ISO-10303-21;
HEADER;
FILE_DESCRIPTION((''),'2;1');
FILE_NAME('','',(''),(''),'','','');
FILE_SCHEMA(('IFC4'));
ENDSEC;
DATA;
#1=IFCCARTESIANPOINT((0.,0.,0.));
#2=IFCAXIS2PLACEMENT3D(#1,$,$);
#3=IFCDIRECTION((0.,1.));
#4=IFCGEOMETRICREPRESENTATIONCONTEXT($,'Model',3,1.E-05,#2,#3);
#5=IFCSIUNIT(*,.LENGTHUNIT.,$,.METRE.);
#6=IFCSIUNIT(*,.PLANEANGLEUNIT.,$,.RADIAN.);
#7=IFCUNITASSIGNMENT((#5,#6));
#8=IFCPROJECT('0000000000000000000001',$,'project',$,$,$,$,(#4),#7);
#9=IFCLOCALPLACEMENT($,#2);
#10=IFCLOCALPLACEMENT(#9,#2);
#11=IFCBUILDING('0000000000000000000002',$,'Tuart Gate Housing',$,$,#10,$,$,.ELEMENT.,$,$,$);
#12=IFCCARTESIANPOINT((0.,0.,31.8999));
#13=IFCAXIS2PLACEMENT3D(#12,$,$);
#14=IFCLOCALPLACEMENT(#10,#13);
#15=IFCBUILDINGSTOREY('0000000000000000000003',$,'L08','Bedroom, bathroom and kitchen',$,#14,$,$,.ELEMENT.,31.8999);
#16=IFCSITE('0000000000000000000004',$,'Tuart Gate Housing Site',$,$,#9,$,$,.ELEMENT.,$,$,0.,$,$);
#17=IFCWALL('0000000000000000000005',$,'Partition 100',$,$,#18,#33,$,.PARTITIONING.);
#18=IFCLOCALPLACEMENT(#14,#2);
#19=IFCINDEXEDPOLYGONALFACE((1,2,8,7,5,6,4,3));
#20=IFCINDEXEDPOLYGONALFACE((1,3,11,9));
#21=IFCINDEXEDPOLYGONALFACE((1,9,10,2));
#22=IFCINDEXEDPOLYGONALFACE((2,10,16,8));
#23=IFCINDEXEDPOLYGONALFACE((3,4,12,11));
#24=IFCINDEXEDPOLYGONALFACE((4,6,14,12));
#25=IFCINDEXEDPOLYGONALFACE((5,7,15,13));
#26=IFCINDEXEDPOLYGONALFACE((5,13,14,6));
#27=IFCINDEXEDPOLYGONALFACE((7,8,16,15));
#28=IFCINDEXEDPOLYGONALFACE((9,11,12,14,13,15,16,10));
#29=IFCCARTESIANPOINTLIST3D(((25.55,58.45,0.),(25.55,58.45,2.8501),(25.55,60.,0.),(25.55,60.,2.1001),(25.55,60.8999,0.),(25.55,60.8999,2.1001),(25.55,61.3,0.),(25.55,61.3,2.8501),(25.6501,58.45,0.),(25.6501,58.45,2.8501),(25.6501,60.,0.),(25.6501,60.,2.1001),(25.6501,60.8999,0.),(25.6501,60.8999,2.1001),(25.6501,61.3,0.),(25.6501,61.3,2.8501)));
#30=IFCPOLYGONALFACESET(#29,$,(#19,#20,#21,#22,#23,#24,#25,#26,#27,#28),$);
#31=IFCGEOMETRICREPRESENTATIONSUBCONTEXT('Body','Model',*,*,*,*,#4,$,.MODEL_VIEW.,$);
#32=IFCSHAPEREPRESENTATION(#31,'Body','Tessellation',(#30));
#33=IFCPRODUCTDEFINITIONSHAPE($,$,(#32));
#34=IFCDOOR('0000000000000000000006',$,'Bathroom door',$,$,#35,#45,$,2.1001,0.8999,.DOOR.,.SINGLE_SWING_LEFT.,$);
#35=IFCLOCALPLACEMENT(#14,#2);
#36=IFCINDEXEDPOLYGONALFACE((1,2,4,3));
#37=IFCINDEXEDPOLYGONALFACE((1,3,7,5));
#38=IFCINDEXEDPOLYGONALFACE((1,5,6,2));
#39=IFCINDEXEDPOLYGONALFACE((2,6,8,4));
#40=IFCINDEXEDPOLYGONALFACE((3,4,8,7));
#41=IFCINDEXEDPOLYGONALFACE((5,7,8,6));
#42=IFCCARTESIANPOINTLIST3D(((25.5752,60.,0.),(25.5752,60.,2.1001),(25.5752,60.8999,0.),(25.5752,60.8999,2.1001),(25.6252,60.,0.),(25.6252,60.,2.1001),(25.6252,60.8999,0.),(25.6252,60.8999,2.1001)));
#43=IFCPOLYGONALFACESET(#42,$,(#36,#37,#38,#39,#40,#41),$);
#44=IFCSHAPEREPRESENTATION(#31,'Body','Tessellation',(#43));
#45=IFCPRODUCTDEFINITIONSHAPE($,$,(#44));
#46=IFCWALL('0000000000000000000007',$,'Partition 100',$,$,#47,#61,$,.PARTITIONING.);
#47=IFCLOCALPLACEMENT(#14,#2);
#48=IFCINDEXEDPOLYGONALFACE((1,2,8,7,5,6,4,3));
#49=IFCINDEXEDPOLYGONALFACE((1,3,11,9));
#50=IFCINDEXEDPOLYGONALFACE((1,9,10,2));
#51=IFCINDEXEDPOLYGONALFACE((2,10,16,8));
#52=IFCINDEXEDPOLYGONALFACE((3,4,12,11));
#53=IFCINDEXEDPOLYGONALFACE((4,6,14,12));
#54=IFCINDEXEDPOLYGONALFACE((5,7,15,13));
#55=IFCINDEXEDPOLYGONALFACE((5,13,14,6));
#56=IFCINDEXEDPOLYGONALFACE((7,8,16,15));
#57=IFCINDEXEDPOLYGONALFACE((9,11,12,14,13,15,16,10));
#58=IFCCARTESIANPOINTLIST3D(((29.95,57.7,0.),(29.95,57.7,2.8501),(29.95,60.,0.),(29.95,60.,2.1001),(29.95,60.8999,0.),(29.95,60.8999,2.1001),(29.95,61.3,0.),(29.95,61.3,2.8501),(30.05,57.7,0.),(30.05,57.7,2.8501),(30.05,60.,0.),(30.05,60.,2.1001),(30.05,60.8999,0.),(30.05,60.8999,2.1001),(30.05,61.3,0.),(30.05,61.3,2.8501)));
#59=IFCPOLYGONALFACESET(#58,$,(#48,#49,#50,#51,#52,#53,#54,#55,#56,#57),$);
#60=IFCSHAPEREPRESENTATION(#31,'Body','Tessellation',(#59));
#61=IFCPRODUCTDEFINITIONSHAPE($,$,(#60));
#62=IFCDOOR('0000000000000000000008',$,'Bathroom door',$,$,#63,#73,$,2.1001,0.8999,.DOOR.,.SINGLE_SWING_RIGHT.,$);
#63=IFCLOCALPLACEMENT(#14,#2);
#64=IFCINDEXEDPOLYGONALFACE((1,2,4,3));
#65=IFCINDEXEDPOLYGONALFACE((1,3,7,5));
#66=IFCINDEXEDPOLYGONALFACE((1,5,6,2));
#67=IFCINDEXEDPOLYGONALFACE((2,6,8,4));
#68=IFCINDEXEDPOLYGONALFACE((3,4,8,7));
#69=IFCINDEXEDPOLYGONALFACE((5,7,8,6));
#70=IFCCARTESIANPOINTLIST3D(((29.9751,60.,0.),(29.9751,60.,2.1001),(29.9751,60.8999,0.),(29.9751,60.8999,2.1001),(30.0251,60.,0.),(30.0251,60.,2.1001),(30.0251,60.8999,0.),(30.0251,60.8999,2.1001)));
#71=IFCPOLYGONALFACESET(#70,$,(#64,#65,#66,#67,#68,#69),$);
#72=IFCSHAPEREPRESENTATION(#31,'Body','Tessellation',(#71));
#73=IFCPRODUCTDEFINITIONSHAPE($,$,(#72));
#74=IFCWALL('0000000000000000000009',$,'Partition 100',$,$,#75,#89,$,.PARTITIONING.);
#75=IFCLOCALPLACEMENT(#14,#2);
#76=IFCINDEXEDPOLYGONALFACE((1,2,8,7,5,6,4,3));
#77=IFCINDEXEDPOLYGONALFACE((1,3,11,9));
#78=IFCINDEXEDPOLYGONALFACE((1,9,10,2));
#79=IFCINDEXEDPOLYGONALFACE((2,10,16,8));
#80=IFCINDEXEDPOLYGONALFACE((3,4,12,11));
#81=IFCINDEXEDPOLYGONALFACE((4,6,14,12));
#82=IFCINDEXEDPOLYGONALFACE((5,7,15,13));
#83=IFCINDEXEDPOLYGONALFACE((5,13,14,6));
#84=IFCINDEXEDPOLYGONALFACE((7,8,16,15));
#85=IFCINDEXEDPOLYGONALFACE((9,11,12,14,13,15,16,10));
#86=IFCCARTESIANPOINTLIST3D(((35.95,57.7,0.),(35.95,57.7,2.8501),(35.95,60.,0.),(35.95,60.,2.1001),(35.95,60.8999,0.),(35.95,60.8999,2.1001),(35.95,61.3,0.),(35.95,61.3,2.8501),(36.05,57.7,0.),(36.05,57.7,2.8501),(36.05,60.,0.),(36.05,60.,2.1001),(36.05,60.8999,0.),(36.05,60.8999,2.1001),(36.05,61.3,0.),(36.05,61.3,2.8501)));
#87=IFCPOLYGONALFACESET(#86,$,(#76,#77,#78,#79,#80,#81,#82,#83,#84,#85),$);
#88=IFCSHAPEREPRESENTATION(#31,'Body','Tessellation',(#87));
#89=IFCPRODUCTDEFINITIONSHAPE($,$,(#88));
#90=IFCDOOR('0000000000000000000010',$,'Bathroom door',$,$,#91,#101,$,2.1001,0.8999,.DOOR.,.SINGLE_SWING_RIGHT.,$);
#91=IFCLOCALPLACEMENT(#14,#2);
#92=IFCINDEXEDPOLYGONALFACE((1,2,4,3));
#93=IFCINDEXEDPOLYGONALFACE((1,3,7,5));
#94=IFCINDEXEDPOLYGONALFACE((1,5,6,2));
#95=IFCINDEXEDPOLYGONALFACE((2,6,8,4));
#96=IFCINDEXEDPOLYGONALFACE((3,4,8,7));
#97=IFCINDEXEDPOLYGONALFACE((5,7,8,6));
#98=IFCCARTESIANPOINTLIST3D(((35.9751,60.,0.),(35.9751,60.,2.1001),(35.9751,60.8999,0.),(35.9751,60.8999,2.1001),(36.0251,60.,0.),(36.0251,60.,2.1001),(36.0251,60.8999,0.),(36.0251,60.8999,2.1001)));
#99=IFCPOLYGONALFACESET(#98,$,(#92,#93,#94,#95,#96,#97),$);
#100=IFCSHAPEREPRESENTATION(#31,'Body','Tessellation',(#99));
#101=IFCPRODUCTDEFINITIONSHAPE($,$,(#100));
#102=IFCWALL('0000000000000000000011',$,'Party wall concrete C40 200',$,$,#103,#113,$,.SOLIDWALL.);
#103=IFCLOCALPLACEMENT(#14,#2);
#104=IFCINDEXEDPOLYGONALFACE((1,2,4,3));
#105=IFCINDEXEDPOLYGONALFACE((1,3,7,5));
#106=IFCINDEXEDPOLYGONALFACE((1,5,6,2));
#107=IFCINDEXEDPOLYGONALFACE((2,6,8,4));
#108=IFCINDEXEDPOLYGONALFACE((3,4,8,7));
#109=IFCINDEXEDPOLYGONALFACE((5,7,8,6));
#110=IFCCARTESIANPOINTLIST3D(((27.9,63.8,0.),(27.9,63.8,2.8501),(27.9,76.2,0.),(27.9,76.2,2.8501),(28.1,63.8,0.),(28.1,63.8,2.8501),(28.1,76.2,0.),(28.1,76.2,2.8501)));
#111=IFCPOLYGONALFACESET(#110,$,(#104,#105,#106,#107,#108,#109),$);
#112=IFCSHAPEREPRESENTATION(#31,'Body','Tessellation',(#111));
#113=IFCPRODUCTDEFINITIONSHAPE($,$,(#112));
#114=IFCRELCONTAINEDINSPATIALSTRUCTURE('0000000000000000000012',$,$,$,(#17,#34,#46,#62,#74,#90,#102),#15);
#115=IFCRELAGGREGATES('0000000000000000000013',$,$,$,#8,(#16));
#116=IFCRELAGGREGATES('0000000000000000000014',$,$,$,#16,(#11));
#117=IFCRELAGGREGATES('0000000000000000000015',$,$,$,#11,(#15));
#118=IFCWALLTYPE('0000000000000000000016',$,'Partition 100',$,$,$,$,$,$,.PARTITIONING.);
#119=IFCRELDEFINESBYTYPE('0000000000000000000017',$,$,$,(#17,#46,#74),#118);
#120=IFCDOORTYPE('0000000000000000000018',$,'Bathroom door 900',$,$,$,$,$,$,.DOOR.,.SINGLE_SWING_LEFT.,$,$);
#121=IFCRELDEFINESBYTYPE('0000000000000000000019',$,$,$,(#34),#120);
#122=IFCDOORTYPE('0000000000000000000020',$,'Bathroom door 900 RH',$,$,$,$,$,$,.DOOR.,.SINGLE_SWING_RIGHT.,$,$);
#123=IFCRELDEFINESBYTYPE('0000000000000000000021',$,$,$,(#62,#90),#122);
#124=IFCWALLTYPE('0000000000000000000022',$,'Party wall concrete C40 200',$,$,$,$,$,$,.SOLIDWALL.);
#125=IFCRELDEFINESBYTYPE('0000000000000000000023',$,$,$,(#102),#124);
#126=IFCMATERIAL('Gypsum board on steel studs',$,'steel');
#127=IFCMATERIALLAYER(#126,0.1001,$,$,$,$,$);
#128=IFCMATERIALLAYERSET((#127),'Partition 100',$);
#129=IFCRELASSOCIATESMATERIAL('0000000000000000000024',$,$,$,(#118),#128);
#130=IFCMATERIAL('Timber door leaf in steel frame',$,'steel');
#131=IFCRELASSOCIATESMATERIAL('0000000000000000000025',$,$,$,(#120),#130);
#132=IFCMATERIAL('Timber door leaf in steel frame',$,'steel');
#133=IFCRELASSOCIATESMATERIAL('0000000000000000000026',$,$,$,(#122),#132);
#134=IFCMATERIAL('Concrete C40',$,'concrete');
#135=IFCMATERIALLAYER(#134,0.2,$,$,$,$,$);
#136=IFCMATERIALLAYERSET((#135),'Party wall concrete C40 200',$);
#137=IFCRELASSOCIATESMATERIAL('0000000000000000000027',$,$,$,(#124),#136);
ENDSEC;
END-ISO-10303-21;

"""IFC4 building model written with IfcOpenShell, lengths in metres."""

from ifc_helpers import new_model, si_unit, direction, frame, frame_2d, origin, place, context, subcontext, project, spatial, rectangle, extrude, material, layer, layer_set, type_object, element, fill, save


model = new_model("IFC4")

# Units and contexts
model_context = context("Model", 3, precision=1e-05, world=origin(), true_north=direction((0.0, 1.0)))
body_context = subcontext(model_context, "Body", "Model", "MODEL_VIEW")
ifc_project = project(units=[si_unit("LENGTHUNIT", "METRE"), si_unit("PLANEANGLEUNIT", "RADIAN")], contexts=[model_context])

# Site, building, storey
site_placement = place(None, origin())
site = spatial("IfcSite", under=ifc_project, at=site_placement, Name="Tuart Gate Housing Site", CompositionType="ELEMENT", RefElevation=0.0)
building_placement = place(site_placement, origin())
building = spatial("IfcBuilding", under=site, at=building_placement, Name="Tuart Gate Housing", CompositionType="ELEMENT")
storey_placement = place(building_placement, frame((0.0, 0.0, 31.8999)))
storey = spatial("IfcBuildingStorey", under=building, at=storey_placement, Name="L08", Description="Bedroom, bathroom and kitchen", CompositionType="ELEMENT", Elevation=31.8999)

# Shared definitions
ifc_material_1 = material(Name="Gypsum board on steel studs", Category="steel")
ifc_layer_1 = layer(ifc_material_1, 0.1001)
ifc_layer_set_1 = layer_set([ifc_layer_1], Name="Partition 100")
wall_type_1 = type_object("IfcWallType", Name="Partition 100", PredefinedType="PARTITIONING", material=ifc_layer_set_1)

# Walls, openings, doors
wall_1_placement = place(storey_placement, frame((25.6001, 58.45, 0.0), z_axis=(0.0, 0.0, 1.0), x_axis=(0.0, 1.0, 0.0)))
wall_1 = element("IfcWall", 1, at=wall_1_placement, inside=storey, type_object=wall_type_1, Name="Partition 100", PredefinedType="PARTITIONING", context=body_context, shape_type="SweptSolid", body=[
    extrude(rectangle(XDim=2.8501, YDim=0.1001, at=frame_2d((1.425, 0.0))), origin(), (0.0, 0.0, 1.0), 2.8501),
])
opening_1_placement = place(wall_1_placement, frame((1.55, 0.0, 0.0)))
opening_1 = element("IfcOpeningElement", 2, at=opening_1_placement, cuts=wall_1, PredefinedType="OPENING", context=body_context, shape_type="SweptSolid", body=[
    extrude(rectangle(XDim=0.8999, YDim=2.1001, at=frame_2d((0.45, 1.05))), frame((0.0, 0.0601, 0.0), z_axis=(0.0, -1.0, 0.0), x_axis=(1.0, 0.0, 0.0)), (0.0, 0.0, 1.0), 0.1201),
])
ifc_material_2 = material(Name="Timber door leaf in steel frame", Category="steel")
door_type_1 = type_object("IfcDoorType", Name="Bathroom door 900", OperationType="SINGLE_SWING_LEFT", PredefinedType="DOOR", material=ifc_material_2)
door_1_placement = place(opening_1_placement, frame((0.8999, 0.0, 0.0), z_axis=(0.0, 0.0, 1.0), x_axis=(-1.0, 0.0, 0.0)))
door_1 = element("IfcDoor", 3, at=door_1_placement, inside=storey, type_object=door_type_1, Name="Bathroom door", OperationType="SINGLE_SWING_LEFT", OverallHeight=2.1001, OverallWidth=0.8999, PredefinedType="DOOR", context=body_context, shape_type="SweptSolid", body=[
    extrude(rectangle(XDim=0.8999, YDim=2.1001, at=frame_2d((0.45, 1.05))), frame((0.0, 0.0251, 0.0), z_axis=(0.0, -1.0, 0.0), x_axis=(1.0, 0.0, 0.0)), (0.0, 0.0, 1.0), 0.05),
])
fill(opening_1, door_1)
wall_2_placement = place(storey_placement, frame((30.0, 57.7, 0.0), z_axis=(0.0, 0.0, 1.0), x_axis=(0.0, 1.0, 0.0)))
wall_2 = element("IfcWall", 4, at=wall_2_placement, inside=storey, type_object=wall_type_1, Name="Partition 100", PredefinedType="PARTITIONING", context=body_context, shape_type="SweptSolid", body=[
    extrude(rectangle(XDim=3.6001, YDim=0.1001, at=frame_2d((1.8, 0.0))), origin(), (0.0, 0.0, 1.0), 2.8501),
])
opening_2_placement = place(wall_2_placement, frame((2.3, 0.0, 0.0)))
opening_2 = element("IfcOpeningElement", 5, at=opening_2_placement, cuts=wall_2, PredefinedType="OPENING", context=body_context, shape_type="SweptSolid", body=[
    extrude(rectangle(XDim=0.8999, YDim=2.1001, at=frame_2d((0.45, 1.05))), frame((0.0, 0.0601, 0.0), z_axis=(0.0, -1.0, 0.0), x_axis=(1.0, 0.0, 0.0)), (0.0, 0.0, 1.0), 0.1201),
])
ifc_material_3 = material(Name="Timber door leaf in steel frame", Category="steel")
door_type_2 = type_object("IfcDoorType", Name="Bathroom door 900 RH", OperationType="SINGLE_SWING_RIGHT", PredefinedType="DOOR", material=ifc_material_3)
door_2_placement = place(opening_2_placement, origin())
door_2 = element("IfcDoor", 6, at=door_2_placement, inside=storey, type_object=door_type_2, Name="Bathroom door", OperationType="SINGLE_SWING_RIGHT", OverallHeight=2.1001, OverallWidth=0.8999, PredefinedType="DOOR", context=body_context, shape_type="SweptSolid", body=[
    extrude(rectangle(XDim=0.8999, YDim=2.1001, at=frame_2d((0.45, 1.05))), frame((0.0, 0.0249, 0.0), z_axis=(0.0, -1.0, 0.0), x_axis=(1.0, 0.0, 0.0)), (0.0, 0.0, 1.0), 0.05),
])
fill(opening_2, door_2)
wall_3_placement = place(storey_placement, frame((36.0, 57.7, 0.0), z_axis=(0.0, 0.0, 1.0), x_axis=(0.0, 1.0, 0.0)))
wall_3 = element("IfcWall", 7, at=wall_3_placement, inside=storey, type_object=wall_type_1, Name="Partition 100", PredefinedType="PARTITIONING", context=body_context, shape_type="SweptSolid", body=[
    extrude(rectangle(XDim=3.6001, YDim=0.1001, at=frame_2d((1.8, 0.0))), origin(), (0.0, 0.0, 1.0), 2.8501),
])
opening_3_placement = place(wall_3_placement, frame((2.3, 0.0, 0.0)))
opening_3 = element("IfcOpeningElement", 8, at=opening_3_placement, cuts=wall_3, PredefinedType="OPENING", context=body_context, shape_type="SweptSolid", body=[
    extrude(rectangle(XDim=0.8999, YDim=2.1001, at=frame_2d((0.45, 1.05))), frame((0.0, 0.0601, 0.0), z_axis=(0.0, -1.0, 0.0), x_axis=(1.0, 0.0, 0.0)), (0.0, 0.0, 1.0), 0.1201),
])
door_3_placement = place(opening_3_placement, origin())
door_3 = element("IfcDoor", 9, at=door_3_placement, inside=storey, type_object=door_type_2, Name="Bathroom door", OperationType="SINGLE_SWING_RIGHT", OverallHeight=2.1001, OverallWidth=0.8999, PredefinedType="DOOR", context=body_context, shape_type="SweptSolid", body=[
    extrude(rectangle(XDim=0.8999, YDim=2.1001, at=frame_2d((0.45, 1.05))), frame((0.0, 0.0249, 0.0), z_axis=(0.0, -1.0, 0.0), x_axis=(1.0, 0.0, 0.0)), (0.0, 0.0, 1.0), 0.05),
])
fill(opening_3, door_3)

# Wall
ifc_material_4 = material(Name="Concrete C40", Category="concrete")
ifc_layer_2 = layer(ifc_material_4, 0.2)
ifc_layer_set_2 = layer_set([ifc_layer_2], Name="Party wall concrete C40 200")
wall_type_2 = type_object("IfcWallType", Name="Party wall concrete C40 200", PredefinedType="SOLIDWALL", material=ifc_layer_set_2)
wall_4_placement = place(storey_placement, frame((28.0, 63.8, 0.0), z_axis=(0.0, 0.0, 1.0), x_axis=(0.0, 1.0, 0.0)))
element("IfcWall", 10, at=wall_4_placement, inside=storey, type_object=wall_type_2, Name="Party wall concrete C40 200", PredefinedType="SOLIDWALL", context=body_context, shape_type="SweptSolid", body=[
    extrude(rectangle(XDim=12.3999, YDim=0.2, at=frame_2d((6.2, 0.0))), origin(), (0.0, 0.0, 1.0), 2.8501),
])

save(model, "model.ifc")
